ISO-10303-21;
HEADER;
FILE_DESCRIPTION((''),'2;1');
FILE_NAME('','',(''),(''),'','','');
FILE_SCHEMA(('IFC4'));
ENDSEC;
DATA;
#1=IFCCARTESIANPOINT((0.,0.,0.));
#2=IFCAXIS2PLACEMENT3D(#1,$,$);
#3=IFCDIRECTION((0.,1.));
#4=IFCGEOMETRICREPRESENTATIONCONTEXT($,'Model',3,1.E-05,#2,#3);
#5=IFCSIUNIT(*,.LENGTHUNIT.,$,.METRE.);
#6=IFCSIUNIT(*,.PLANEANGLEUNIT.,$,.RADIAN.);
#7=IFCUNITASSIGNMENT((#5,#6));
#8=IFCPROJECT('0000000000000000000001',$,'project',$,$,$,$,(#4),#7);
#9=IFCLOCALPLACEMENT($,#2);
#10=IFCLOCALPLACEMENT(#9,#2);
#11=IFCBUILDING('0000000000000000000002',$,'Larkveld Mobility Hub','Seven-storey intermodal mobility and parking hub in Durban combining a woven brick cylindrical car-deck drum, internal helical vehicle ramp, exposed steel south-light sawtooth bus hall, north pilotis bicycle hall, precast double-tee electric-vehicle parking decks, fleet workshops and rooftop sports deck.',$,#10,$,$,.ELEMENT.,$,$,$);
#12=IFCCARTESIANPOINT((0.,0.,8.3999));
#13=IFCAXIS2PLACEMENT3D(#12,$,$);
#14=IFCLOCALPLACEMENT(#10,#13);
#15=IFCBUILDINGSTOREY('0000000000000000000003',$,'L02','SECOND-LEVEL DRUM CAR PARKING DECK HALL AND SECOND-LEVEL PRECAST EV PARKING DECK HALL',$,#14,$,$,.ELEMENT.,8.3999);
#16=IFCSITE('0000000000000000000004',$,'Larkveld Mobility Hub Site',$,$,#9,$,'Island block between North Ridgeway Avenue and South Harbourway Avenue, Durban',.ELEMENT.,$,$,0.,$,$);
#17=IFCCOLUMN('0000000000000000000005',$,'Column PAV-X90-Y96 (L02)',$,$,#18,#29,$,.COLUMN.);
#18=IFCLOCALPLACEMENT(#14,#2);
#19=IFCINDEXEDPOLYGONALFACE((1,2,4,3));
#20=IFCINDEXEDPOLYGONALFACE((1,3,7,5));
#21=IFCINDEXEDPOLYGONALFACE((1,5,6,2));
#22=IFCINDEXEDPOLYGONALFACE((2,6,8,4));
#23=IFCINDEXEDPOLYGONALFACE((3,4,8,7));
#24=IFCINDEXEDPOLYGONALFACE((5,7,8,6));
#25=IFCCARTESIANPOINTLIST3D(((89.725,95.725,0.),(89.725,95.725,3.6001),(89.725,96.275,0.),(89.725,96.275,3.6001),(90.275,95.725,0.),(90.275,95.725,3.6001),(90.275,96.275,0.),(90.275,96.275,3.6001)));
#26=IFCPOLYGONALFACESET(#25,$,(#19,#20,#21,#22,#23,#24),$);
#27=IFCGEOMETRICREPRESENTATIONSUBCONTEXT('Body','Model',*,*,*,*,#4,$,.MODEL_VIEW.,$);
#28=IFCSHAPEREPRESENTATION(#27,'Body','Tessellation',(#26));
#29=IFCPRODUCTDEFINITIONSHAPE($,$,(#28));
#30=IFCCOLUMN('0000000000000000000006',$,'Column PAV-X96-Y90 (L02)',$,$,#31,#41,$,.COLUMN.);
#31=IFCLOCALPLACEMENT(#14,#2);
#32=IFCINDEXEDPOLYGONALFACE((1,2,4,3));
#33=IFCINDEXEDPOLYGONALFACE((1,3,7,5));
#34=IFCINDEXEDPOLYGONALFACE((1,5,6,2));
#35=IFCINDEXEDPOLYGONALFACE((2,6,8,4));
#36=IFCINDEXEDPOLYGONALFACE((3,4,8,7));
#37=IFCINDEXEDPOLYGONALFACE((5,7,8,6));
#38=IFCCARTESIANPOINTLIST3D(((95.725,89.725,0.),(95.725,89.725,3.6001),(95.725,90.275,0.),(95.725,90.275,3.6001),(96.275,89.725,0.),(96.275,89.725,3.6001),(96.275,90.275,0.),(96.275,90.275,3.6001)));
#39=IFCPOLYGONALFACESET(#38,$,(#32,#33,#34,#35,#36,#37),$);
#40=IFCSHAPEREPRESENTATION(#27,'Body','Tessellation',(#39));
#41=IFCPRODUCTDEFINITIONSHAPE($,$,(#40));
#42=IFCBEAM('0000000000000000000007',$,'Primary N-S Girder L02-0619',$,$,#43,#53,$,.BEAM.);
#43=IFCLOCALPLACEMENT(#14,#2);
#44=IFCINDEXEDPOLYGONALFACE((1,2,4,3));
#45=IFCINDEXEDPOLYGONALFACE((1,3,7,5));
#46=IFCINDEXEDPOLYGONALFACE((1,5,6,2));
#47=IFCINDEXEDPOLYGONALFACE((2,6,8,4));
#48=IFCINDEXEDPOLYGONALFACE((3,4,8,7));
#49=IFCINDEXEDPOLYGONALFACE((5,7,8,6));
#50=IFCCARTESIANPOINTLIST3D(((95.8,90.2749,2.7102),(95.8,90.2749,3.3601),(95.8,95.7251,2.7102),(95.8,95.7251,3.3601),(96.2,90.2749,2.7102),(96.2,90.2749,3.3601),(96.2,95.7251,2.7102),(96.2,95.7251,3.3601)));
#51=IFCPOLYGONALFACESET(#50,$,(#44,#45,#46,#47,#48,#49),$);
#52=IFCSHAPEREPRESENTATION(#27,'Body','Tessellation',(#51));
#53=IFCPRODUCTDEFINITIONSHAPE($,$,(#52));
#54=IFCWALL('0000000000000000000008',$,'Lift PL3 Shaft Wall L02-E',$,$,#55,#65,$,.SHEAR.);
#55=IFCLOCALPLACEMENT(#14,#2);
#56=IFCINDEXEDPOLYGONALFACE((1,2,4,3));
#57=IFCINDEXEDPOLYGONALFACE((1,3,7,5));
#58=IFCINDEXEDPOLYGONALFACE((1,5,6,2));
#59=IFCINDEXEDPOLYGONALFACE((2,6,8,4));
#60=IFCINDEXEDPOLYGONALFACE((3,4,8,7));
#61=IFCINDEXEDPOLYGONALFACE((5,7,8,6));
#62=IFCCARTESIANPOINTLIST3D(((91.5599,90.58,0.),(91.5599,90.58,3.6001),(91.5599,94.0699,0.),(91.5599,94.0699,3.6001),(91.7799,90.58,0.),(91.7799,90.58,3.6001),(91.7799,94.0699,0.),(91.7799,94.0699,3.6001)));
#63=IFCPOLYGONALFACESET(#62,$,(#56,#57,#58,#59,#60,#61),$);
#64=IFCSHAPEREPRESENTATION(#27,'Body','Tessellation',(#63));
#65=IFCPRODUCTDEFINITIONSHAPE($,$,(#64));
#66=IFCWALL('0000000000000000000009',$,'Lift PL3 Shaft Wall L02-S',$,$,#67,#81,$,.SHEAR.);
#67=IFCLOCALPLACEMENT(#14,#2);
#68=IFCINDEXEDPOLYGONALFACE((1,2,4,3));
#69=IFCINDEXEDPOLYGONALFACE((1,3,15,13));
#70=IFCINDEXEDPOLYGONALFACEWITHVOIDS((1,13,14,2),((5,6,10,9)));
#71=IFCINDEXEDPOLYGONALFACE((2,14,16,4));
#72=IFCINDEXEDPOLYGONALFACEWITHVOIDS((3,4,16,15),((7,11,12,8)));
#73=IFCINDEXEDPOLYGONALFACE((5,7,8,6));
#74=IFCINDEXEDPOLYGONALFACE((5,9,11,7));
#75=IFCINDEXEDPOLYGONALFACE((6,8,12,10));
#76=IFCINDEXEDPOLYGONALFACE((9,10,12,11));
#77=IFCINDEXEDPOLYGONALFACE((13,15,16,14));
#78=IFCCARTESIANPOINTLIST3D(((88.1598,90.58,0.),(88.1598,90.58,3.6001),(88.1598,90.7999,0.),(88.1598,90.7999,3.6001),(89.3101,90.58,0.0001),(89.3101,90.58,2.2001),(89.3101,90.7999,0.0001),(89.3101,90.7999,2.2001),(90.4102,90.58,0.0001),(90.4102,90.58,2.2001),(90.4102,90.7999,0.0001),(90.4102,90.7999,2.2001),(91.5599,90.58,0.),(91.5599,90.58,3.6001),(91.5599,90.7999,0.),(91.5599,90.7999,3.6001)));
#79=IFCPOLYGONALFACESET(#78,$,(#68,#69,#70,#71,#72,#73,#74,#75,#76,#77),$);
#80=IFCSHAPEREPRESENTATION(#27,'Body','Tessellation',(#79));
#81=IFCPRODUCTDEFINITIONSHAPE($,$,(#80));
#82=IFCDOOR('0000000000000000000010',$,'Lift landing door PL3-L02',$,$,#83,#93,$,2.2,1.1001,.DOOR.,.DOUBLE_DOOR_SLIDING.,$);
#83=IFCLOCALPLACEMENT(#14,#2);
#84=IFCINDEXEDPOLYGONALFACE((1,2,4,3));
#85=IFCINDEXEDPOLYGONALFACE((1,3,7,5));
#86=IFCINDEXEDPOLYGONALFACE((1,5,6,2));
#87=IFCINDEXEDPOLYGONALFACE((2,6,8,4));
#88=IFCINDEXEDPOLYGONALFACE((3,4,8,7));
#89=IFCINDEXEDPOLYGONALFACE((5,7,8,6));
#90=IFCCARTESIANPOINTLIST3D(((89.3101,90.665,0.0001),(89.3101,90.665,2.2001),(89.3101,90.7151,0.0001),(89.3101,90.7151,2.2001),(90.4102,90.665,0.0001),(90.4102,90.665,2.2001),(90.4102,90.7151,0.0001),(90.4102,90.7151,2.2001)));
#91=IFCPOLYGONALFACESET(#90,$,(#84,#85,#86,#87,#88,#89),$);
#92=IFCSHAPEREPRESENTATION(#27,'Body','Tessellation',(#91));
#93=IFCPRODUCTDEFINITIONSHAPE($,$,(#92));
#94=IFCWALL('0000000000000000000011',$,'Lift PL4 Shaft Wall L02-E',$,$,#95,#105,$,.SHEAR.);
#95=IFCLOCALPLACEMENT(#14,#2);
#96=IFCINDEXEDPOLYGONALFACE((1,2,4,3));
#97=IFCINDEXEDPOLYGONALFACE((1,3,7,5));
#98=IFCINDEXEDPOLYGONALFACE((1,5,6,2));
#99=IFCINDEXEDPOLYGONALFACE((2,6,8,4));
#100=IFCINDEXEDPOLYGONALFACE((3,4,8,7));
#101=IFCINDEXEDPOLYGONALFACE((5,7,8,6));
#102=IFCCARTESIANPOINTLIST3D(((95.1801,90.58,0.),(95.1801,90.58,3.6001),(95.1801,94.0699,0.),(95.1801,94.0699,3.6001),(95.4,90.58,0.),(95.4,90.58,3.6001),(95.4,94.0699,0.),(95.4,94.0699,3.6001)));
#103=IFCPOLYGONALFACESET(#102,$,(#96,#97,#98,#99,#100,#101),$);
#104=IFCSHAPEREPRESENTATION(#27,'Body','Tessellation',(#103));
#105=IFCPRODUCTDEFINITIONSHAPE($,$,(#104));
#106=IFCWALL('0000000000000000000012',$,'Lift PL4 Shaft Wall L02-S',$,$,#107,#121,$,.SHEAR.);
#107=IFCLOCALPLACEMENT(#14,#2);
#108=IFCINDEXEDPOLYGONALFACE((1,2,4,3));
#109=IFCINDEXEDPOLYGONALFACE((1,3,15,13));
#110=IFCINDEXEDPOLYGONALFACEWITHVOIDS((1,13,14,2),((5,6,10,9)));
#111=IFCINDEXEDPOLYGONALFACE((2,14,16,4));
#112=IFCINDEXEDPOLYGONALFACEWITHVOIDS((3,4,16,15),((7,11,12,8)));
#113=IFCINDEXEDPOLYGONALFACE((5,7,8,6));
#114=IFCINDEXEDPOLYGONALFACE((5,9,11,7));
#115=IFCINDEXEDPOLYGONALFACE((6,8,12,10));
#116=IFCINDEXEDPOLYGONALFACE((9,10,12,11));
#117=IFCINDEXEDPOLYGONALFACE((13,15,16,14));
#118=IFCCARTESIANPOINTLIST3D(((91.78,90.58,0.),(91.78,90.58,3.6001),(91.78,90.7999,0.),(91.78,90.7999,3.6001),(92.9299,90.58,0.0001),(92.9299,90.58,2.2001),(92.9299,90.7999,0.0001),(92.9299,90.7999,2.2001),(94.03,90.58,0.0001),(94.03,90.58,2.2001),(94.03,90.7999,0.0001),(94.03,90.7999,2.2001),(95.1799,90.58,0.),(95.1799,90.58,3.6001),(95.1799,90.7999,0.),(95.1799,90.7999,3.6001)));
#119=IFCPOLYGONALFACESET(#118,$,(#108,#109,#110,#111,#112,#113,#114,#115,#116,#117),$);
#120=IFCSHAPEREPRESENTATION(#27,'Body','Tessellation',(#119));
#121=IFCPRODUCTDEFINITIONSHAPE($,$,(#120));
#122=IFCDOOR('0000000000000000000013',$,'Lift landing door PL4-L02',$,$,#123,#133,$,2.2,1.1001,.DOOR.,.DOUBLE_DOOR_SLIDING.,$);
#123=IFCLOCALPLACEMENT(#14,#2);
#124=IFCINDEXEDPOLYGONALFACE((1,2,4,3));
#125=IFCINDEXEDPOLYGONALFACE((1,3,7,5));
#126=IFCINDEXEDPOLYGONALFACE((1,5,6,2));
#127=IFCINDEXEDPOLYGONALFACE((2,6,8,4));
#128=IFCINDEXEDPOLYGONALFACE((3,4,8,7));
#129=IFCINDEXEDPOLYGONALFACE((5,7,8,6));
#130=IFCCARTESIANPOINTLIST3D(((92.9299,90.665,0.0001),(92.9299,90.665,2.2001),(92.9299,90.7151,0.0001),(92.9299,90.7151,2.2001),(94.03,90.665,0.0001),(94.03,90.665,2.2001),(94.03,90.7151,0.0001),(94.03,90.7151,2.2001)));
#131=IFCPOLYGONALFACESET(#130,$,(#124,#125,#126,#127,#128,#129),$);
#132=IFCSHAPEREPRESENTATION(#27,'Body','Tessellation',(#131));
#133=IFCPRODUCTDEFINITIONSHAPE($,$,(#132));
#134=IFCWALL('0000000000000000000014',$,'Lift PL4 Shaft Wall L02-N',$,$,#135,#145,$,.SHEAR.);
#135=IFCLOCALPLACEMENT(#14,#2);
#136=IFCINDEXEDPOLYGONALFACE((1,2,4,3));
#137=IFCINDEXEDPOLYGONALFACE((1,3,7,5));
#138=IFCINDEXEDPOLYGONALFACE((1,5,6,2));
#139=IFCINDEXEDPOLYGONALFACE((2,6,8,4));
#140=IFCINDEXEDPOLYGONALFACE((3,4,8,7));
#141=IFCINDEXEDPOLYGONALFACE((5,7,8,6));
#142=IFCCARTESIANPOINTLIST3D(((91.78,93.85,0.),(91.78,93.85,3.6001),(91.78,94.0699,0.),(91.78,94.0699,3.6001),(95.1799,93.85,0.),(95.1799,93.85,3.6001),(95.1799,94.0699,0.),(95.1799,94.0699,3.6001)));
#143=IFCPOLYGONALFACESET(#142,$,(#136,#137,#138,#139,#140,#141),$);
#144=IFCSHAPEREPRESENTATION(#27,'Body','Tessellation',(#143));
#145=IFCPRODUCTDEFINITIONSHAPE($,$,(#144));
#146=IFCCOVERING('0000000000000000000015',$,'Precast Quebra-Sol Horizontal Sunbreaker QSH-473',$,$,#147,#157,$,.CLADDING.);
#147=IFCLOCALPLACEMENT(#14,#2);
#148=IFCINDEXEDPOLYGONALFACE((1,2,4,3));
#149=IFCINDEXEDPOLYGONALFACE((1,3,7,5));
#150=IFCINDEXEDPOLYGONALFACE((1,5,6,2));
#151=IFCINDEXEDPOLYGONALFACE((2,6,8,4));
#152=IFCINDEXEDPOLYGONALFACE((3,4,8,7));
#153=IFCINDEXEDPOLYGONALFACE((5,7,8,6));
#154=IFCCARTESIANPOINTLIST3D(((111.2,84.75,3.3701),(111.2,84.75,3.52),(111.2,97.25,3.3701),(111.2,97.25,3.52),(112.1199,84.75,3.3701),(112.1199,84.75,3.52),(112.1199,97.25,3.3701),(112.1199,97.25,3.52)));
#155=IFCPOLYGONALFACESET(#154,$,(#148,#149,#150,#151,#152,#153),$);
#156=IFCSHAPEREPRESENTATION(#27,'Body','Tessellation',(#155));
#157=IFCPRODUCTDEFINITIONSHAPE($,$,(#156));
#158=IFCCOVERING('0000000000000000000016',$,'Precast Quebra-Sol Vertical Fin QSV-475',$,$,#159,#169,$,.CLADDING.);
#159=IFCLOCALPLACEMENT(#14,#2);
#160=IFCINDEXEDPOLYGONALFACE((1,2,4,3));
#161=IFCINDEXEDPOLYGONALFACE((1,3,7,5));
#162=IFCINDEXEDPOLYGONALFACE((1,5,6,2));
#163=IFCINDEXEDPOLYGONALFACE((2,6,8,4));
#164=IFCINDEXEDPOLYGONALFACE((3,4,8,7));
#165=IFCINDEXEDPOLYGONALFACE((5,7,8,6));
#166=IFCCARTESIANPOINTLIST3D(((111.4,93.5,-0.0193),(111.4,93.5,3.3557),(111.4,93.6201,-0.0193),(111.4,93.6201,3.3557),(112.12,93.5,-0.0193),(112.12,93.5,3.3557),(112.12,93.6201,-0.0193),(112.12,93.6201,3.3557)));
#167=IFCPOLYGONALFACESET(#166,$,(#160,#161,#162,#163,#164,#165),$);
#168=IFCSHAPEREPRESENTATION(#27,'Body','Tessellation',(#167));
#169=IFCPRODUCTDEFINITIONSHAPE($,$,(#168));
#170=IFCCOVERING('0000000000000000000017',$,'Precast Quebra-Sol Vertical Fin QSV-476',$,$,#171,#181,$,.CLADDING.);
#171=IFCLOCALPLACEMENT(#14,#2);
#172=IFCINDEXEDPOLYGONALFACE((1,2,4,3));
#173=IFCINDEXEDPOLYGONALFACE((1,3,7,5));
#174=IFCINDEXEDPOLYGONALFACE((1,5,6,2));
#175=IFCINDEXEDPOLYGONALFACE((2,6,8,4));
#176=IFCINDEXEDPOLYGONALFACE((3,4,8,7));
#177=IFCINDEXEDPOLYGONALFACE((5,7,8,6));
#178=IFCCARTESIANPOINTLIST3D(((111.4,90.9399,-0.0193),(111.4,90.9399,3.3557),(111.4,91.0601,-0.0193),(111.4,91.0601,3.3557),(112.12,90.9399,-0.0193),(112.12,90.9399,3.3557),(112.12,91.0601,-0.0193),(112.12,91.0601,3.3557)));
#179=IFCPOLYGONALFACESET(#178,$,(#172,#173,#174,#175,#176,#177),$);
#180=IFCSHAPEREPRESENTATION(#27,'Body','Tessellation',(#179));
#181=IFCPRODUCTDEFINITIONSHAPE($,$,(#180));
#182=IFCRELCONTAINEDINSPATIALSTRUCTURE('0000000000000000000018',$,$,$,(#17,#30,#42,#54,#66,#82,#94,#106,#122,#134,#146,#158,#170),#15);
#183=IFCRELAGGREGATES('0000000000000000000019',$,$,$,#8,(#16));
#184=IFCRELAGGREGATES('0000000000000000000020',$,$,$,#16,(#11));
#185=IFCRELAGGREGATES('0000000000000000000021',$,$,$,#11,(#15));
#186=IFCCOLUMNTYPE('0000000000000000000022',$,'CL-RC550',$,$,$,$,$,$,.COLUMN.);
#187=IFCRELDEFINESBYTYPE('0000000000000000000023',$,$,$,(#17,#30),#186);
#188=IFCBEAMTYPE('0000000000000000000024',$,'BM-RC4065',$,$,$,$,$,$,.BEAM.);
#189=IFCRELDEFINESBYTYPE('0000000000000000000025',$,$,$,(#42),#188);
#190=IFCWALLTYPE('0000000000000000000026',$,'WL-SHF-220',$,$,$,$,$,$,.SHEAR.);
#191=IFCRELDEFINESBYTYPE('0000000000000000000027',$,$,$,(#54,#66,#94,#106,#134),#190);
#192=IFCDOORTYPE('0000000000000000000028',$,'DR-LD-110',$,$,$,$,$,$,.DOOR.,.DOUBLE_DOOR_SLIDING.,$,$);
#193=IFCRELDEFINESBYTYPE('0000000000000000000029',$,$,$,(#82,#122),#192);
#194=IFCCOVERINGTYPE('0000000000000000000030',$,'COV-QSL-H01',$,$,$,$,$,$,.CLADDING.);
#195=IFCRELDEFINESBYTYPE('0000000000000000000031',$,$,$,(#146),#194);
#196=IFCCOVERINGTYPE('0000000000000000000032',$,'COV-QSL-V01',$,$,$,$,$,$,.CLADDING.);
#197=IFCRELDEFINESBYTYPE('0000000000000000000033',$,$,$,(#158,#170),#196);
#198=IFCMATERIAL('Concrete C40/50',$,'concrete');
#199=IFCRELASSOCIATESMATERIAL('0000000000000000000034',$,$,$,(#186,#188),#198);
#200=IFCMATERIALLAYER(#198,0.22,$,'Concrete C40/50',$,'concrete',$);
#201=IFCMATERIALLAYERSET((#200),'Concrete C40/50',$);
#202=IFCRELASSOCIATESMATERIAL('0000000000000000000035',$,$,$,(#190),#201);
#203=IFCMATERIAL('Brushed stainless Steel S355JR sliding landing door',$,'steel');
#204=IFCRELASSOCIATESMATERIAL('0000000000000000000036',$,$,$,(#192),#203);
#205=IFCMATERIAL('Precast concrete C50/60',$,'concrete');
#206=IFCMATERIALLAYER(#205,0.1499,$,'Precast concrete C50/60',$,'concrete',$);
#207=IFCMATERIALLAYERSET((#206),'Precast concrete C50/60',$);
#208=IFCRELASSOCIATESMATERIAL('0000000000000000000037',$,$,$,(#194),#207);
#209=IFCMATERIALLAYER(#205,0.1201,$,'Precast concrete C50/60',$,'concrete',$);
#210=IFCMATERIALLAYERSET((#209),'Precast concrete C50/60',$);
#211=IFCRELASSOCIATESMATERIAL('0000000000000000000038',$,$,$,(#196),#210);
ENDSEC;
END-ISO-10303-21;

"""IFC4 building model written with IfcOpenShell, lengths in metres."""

from ifc_helpers import new_model, si_unit, direction, frame, frame_2d, origin, origin_2d, place, context, subcontext, project, spatial, rectangle, extrude, material, layer, layer_set, material_profile, profile_set, type_object, element, fill, save


model = new_model("IFC4")

# Units and contexts
model_context = context("Model", 3, precision=1e-05, world=origin(), true_north=direction((0.0, 1.0)))
body_context = subcontext(model_context, "Body", "Model", "MODEL_VIEW")
ifc_project = project(units=[si_unit("LENGTHUNIT", "METRE"), si_unit("PLANEANGLEUNIT", "RADIAN")], contexts=[model_context])

# Site, building, storey
site_placement = place(None, origin())
site = spatial("IfcSite", under=ifc_project, at=site_placement, Name="Larkveld Mobility Hub Site", LongName="Island block between North Ridgeway Avenue and South Harbourway Avenue, Durban", CompositionType="ELEMENT", RefElevation=0.0)
building_placement = place(site_placement, origin())
building = spatial("IfcBuilding", under=site, at=building_placement, Name="Larkveld Mobility Hub", Description="Seven-storey intermodal mobility and parking hub in Durban combining a woven brick cylindrical car-deck drum, internal helical vehicle ramp, exposed steel south-light sawtooth bus hall, north pilotis bicycle hall, precast double-tee electric-vehicle parking decks, fleet workshops and rooftop sports deck.", CompositionType="ELEMENT")
storey_placement = place(building_placement, frame((0.0, 0.0, 8.3999)))
storey = spatial("IfcBuildingStorey", under=building, at=storey_placement, Name="L02", Description="SECOND-LEVEL DRUM CAR PARKING DECK HALL AND SECOND-LEVEL PRECAST EV PARKING DECK HALL", CompositionType="ELEMENT", Elevation=8.3999)

# Columns
ifc_material_1 = material(Name="Concrete C40/50", Category="concrete")
ifc_material_profile_1 = material_profile(ifc_material_1, rectangle(XDim=0.55, YDim=0.55, at=origin_2d()), Name="RC COL 550x550")
ifc_profile_set_1 = profile_set([ifc_material_profile_1], Name="Concrete C40/50")
column_type = type_object("IfcColumnType", Name="CL-RC550", PredefinedType="COLUMN", material=ifc_profile_set_1)
for number, where, z_axis, x_axis, name in (
    (1, (90.0, 96.0, 0.0), (0.0, 0.0, 1.0), (1.0, 0.0, 0.0), "Column PAV-X90-Y96 (L02)"),
    (2, (96.0, 90.0, 0.0), (0.0, 0.0, 1.0), (1.0, 0.0, 0.0), "Column PAV-X96-Y90 (L02)"),
):
    element("IfcColumn", number, at=place(storey_placement, frame(where, z_axis=z_axis, x_axis=x_axis)), inside=storey, type_object=column_type, Name=name, PredefinedType="COLUMN", context=body_context, shape_type="SweptSolid", body=[
        extrude(rectangle(XDim=0.55, YDim=0.55, at=origin_2d()), origin(), (0.0, 0.0, 1.0), 3.6001),
    ])

# Beam
ifc_material_profile_2 = material_profile(ifc_material_1, rectangle(XDim=0.3999, YDim=0.6499, at=origin_2d()), Name="RC BM 400x650")
ifc_profile_set_2 = profile_set([ifc_material_profile_2], Name="Concrete C40/50")
beam_type = type_object("IfcBeamType", Name="BM-RC4065", PredefinedType="BEAM", material=ifc_profile_set_2)
beam_placement = place(storey_placement, frame((96.0, 90.2749, 3.0352), z_axis=(0.0, 1.0, 0.0), x_axis=(-1.0, 0.0, 0.0)))
element("IfcBeam", 3, at=beam_placement, inside=storey, type_object=beam_type, Name="Primary N-S Girder L02-0619", PredefinedType="BEAM", context=body_context, shape_type="SweptSolid", body=[
    extrude(rectangle(XDim=0.3999, YDim=0.6499, at=origin_2d()), origin(), (0.0, 0.0, 1.0), 5.4502),
])

# Wall
ifc_layer_1 = layer(ifc_material_1, 0.22, Name="Concrete C40/50", Category="concrete")
ifc_layer_set_1 = layer_set([ifc_layer_1], Name="Concrete C40/50")
wall_type = type_object("IfcWallType", Name="WL-SHF-220", PredefinedType="SHEAR", material=ifc_layer_set_1)
wall_1_placement = place(storey_placement, frame((91.6699, 94.0701, 0.0), z_axis=(0.0, 0.0, 1.0), x_axis=(0.0, -1.0, 0.0)))
element("IfcWall", 4, at=wall_1_placement, inside=storey, type_object=wall_type, Name="Lift PL3 Shaft Wall L02-E", PredefinedType="SHEAR", context=body_context, shape_type="SweptSolid", body=[
    extrude(rectangle(XDim=3.49, YDim=0.22, at=frame_2d((1.7451, 0.0))), origin(), (0.0, 0.0, 1.0), 3.6001),
])

# Wall, opening, door
wall_2_placement = place(storey_placement, frame((91.5601, 90.6899, 0.0), z_axis=(0.0, 0.0, 1.0), x_axis=(-1.0, 0.0, 0.0)))
wall_2 = element("IfcWall", 5, at=wall_2_placement, inside=storey, type_object=wall_type, Name="Lift PL3 Shaft Wall L02-S", PredefinedType="SHEAR", context=body_context, shape_type="SweptSolid", body=[
    extrude(rectangle(XDim=3.4001, YDim=0.22, at=frame_2d((1.7002, 0.0))), origin(), (0.0, 0.0, 1.0), 3.6001),
])
opening_1_placement = place(wall_2_placement, frame((1.1499, 0.0, 0.0)))
opening_1 = element("IfcOpeningElement", 6, at=opening_1_placement, cuts=wall_2, PredefinedType="OPENING", context=body_context, shape_type="SweptSolid", body=[
    extrude(rectangle(XDim=1.1001, YDim=2.2, at=frame_2d((0.55, 1.1001))), frame((0.0, 0.1201, 0.0), z_axis=(0.0, -1.0, 0.0), x_axis=(1.0, 0.0, 0.0)), (0.0, 0.0, 1.0), 0.24),
])
ifc_material_2 = material(Name="Brushed stainless Steel S355JR sliding landing door", Category="steel")
door_type = type_object("IfcDoorType", Name="DR-LD-110", OperationType="DOUBLE_DOOR_SLIDING", PredefinedType="DOOR", material=ifc_material_2)
door_1_placement = place(opening_1_placement, origin())
door_1 = element("IfcDoor", 7, at=door_1_placement, inside=storey, type_object=door_type, Name="Lift landing door PL3-L02", OperationType="DOUBLE_DOOR_SLIDING", OverallHeight=2.2, OverallWidth=1.1001, PredefinedType="DOOR", context=body_context, shape_type="SweptSolid", body=[
    extrude(rectangle(XDim=1.1001, YDim=2.2, at=frame_2d((0.55, 1.1001))), frame((0.0, 0.0249, 0.0), z_axis=(0.0, -1.0, 0.0), x_axis=(1.0, 0.0, 0.0)), (0.0, 0.0, 1.0), 0.05),
])
fill(opening_1, door_1)

# Wall
wall_3_placement = place(storey_placement, frame((95.29, 94.0701, 0.0), z_axis=(0.0, 0.0, 1.0), x_axis=(0.0, -1.0, 0.0)))
element("IfcWall", 8, at=wall_3_placement, inside=storey, type_object=wall_type, Name="Lift PL4 Shaft Wall L02-E", PredefinedType="SHEAR", context=body_context, shape_type="SweptSolid", body=[
    extrude(rectangle(XDim=3.49, YDim=0.22, at=frame_2d((1.7451, 0.0))), origin(), (0.0, 0.0, 1.0), 3.6001),
])

# Wall, opening, door
wall_4_placement = place(storey_placement, frame((95.1799, 90.6899, 0.0), z_axis=(0.0, 0.0, 1.0), x_axis=(-1.0, 0.0, 0.0)))
wall_4 = element("IfcWall", 9, at=wall_4_placement, inside=storey, type_object=wall_type, Name="Lift PL4 Shaft Wall L02-S", PredefinedType="SHEAR", context=body_context, shape_type="SweptSolid", body=[
    extrude(rectangle(XDim=3.3999, YDim=0.22, at=frame_2d((1.7, 0.0))), origin(), (0.0, 0.0, 1.0), 3.6001),
])
opening_2_placement = place(wall_4_placement, frame((1.1499, 0.0, 0.0)))
opening_2 = element("IfcOpeningElement", 10, at=opening_2_placement, cuts=wall_4, PredefinedType="OPENING", context=body_context, shape_type="SweptSolid", body=[
    extrude(rectangle(XDim=1.1001, YDim=2.2, at=frame_2d((0.55, 1.1001))), frame((0.0, 0.1201, 0.0), z_axis=(0.0, -1.0, 0.0), x_axis=(1.0, 0.0, 0.0)), (0.0, 0.0, 1.0), 0.24),
])
door_2_placement = place(opening_2_placement, origin())
door_2 = element("IfcDoor", 11, at=door_2_placement, inside=storey, type_object=door_type, Name="Lift landing door PL4-L02", OperationType="DOUBLE_DOOR_SLIDING", OverallHeight=2.2, OverallWidth=1.1001, PredefinedType="DOOR", context=body_context, shape_type="SweptSolid", body=[
    extrude(rectangle(XDim=1.1001, YDim=2.2, at=frame_2d((0.55, 1.1001))), frame((0.0, 0.0249, 0.0), z_axis=(0.0, -1.0, 0.0), x_axis=(1.0, 0.0, 0.0)), (0.0, 0.0, 1.0), 0.05),
])
fill(opening_2, door_2)

# Wall
wall_5_placement = place(storey_placement, frame((91.78, 93.96, 0.0), z_axis=(0.0, 0.0, 1.0), x_axis=(1.0, 0.0, 0.0)))
element("IfcWall", 12, at=wall_5_placement, inside=storey, type_object=wall_type, Name="Lift PL4 Shaft Wall L02-N", PredefinedType="SHEAR", context=body_context, shape_type="SweptSolid", body=[
    extrude(rectangle(XDim=3.3999, YDim=0.22, at=frame_2d((1.7, 0.0))), origin(), (0.0, 0.0, 1.0), 3.6001),
])

# Coverings
ifc_material_3 = material(Name="Precast concrete C50/60", Category="concrete")
ifc_layer_2 = layer(ifc_material_3, 0.1499, Name="Precast concrete C50/60", Category="concrete")
ifc_layer_set_2 = layer_set([ifc_layer_2], Name="Precast concrete C50/60")
covering_type_1 = type_object("IfcCoveringType", Name="COV-QSL-H01", PredefinedType="CLADDING", material=ifc_layer_set_2)
covering_placement = place(storey_placement, frame((111.6599, 91.0, 3.3701), z_axis=(0.0, 0.0, 1.0), x_axis=(0.0, -1.0, 0.0)))
element("IfcCovering", 13, at=covering_placement, inside=storey, type_object=covering_type_1, Name="Precast Quebra-Sol Horizontal Sunbreaker QSH-473", PredefinedType="CLADDING", context=body_context, shape_type="SweptSolid", body=[
    extrude(rectangle(XDim=12.5, YDim=0.9199, at=origin_2d()), origin(), (0.0, 0.0, 1.0), 0.1499),
])
ifc_layer_3 = layer(ifc_material_3, 0.1201, Name="Precast concrete C50/60", Category="concrete")
ifc_layer_set_3 = layer_set([ifc_layer_3], Name="Precast concrete C50/60")
covering_type_2 = type_object("IfcCoveringType", Name="COV-QSL-V01", PredefinedType="CLADDING", material=ifc_layer_set_3)
for number, where, z_axis, x_axis, name in (
    (14, (111.76, 93.5601, -0.0193), (0.0, 0.0, 1.0), (0.0, -1.0, 0.0), "Precast Quebra-Sol Vertical Fin QSV-475"),
    (15, (111.76, 91.0, -0.0193), (0.0, 0.0, 1.0), (0.0, -1.0, 0.0), "Precast Quebra-Sol Vertical Fin QSV-476"),
):
    element("IfcCovering", number, at=place(storey_placement, frame(where, z_axis=z_axis, x_axis=x_axis)), inside=storey, type_object=covering_type_2, Name=name, PredefinedType="CLADDING", context=body_context, shape_type="SweptSolid", body=[
        extrude(rectangle(XDim=0.1201, YDim=0.72, at=origin_2d()), origin(), (0.0, 0.0, 1.0), 3.375),
    ])

save(model, "model.ifc")
